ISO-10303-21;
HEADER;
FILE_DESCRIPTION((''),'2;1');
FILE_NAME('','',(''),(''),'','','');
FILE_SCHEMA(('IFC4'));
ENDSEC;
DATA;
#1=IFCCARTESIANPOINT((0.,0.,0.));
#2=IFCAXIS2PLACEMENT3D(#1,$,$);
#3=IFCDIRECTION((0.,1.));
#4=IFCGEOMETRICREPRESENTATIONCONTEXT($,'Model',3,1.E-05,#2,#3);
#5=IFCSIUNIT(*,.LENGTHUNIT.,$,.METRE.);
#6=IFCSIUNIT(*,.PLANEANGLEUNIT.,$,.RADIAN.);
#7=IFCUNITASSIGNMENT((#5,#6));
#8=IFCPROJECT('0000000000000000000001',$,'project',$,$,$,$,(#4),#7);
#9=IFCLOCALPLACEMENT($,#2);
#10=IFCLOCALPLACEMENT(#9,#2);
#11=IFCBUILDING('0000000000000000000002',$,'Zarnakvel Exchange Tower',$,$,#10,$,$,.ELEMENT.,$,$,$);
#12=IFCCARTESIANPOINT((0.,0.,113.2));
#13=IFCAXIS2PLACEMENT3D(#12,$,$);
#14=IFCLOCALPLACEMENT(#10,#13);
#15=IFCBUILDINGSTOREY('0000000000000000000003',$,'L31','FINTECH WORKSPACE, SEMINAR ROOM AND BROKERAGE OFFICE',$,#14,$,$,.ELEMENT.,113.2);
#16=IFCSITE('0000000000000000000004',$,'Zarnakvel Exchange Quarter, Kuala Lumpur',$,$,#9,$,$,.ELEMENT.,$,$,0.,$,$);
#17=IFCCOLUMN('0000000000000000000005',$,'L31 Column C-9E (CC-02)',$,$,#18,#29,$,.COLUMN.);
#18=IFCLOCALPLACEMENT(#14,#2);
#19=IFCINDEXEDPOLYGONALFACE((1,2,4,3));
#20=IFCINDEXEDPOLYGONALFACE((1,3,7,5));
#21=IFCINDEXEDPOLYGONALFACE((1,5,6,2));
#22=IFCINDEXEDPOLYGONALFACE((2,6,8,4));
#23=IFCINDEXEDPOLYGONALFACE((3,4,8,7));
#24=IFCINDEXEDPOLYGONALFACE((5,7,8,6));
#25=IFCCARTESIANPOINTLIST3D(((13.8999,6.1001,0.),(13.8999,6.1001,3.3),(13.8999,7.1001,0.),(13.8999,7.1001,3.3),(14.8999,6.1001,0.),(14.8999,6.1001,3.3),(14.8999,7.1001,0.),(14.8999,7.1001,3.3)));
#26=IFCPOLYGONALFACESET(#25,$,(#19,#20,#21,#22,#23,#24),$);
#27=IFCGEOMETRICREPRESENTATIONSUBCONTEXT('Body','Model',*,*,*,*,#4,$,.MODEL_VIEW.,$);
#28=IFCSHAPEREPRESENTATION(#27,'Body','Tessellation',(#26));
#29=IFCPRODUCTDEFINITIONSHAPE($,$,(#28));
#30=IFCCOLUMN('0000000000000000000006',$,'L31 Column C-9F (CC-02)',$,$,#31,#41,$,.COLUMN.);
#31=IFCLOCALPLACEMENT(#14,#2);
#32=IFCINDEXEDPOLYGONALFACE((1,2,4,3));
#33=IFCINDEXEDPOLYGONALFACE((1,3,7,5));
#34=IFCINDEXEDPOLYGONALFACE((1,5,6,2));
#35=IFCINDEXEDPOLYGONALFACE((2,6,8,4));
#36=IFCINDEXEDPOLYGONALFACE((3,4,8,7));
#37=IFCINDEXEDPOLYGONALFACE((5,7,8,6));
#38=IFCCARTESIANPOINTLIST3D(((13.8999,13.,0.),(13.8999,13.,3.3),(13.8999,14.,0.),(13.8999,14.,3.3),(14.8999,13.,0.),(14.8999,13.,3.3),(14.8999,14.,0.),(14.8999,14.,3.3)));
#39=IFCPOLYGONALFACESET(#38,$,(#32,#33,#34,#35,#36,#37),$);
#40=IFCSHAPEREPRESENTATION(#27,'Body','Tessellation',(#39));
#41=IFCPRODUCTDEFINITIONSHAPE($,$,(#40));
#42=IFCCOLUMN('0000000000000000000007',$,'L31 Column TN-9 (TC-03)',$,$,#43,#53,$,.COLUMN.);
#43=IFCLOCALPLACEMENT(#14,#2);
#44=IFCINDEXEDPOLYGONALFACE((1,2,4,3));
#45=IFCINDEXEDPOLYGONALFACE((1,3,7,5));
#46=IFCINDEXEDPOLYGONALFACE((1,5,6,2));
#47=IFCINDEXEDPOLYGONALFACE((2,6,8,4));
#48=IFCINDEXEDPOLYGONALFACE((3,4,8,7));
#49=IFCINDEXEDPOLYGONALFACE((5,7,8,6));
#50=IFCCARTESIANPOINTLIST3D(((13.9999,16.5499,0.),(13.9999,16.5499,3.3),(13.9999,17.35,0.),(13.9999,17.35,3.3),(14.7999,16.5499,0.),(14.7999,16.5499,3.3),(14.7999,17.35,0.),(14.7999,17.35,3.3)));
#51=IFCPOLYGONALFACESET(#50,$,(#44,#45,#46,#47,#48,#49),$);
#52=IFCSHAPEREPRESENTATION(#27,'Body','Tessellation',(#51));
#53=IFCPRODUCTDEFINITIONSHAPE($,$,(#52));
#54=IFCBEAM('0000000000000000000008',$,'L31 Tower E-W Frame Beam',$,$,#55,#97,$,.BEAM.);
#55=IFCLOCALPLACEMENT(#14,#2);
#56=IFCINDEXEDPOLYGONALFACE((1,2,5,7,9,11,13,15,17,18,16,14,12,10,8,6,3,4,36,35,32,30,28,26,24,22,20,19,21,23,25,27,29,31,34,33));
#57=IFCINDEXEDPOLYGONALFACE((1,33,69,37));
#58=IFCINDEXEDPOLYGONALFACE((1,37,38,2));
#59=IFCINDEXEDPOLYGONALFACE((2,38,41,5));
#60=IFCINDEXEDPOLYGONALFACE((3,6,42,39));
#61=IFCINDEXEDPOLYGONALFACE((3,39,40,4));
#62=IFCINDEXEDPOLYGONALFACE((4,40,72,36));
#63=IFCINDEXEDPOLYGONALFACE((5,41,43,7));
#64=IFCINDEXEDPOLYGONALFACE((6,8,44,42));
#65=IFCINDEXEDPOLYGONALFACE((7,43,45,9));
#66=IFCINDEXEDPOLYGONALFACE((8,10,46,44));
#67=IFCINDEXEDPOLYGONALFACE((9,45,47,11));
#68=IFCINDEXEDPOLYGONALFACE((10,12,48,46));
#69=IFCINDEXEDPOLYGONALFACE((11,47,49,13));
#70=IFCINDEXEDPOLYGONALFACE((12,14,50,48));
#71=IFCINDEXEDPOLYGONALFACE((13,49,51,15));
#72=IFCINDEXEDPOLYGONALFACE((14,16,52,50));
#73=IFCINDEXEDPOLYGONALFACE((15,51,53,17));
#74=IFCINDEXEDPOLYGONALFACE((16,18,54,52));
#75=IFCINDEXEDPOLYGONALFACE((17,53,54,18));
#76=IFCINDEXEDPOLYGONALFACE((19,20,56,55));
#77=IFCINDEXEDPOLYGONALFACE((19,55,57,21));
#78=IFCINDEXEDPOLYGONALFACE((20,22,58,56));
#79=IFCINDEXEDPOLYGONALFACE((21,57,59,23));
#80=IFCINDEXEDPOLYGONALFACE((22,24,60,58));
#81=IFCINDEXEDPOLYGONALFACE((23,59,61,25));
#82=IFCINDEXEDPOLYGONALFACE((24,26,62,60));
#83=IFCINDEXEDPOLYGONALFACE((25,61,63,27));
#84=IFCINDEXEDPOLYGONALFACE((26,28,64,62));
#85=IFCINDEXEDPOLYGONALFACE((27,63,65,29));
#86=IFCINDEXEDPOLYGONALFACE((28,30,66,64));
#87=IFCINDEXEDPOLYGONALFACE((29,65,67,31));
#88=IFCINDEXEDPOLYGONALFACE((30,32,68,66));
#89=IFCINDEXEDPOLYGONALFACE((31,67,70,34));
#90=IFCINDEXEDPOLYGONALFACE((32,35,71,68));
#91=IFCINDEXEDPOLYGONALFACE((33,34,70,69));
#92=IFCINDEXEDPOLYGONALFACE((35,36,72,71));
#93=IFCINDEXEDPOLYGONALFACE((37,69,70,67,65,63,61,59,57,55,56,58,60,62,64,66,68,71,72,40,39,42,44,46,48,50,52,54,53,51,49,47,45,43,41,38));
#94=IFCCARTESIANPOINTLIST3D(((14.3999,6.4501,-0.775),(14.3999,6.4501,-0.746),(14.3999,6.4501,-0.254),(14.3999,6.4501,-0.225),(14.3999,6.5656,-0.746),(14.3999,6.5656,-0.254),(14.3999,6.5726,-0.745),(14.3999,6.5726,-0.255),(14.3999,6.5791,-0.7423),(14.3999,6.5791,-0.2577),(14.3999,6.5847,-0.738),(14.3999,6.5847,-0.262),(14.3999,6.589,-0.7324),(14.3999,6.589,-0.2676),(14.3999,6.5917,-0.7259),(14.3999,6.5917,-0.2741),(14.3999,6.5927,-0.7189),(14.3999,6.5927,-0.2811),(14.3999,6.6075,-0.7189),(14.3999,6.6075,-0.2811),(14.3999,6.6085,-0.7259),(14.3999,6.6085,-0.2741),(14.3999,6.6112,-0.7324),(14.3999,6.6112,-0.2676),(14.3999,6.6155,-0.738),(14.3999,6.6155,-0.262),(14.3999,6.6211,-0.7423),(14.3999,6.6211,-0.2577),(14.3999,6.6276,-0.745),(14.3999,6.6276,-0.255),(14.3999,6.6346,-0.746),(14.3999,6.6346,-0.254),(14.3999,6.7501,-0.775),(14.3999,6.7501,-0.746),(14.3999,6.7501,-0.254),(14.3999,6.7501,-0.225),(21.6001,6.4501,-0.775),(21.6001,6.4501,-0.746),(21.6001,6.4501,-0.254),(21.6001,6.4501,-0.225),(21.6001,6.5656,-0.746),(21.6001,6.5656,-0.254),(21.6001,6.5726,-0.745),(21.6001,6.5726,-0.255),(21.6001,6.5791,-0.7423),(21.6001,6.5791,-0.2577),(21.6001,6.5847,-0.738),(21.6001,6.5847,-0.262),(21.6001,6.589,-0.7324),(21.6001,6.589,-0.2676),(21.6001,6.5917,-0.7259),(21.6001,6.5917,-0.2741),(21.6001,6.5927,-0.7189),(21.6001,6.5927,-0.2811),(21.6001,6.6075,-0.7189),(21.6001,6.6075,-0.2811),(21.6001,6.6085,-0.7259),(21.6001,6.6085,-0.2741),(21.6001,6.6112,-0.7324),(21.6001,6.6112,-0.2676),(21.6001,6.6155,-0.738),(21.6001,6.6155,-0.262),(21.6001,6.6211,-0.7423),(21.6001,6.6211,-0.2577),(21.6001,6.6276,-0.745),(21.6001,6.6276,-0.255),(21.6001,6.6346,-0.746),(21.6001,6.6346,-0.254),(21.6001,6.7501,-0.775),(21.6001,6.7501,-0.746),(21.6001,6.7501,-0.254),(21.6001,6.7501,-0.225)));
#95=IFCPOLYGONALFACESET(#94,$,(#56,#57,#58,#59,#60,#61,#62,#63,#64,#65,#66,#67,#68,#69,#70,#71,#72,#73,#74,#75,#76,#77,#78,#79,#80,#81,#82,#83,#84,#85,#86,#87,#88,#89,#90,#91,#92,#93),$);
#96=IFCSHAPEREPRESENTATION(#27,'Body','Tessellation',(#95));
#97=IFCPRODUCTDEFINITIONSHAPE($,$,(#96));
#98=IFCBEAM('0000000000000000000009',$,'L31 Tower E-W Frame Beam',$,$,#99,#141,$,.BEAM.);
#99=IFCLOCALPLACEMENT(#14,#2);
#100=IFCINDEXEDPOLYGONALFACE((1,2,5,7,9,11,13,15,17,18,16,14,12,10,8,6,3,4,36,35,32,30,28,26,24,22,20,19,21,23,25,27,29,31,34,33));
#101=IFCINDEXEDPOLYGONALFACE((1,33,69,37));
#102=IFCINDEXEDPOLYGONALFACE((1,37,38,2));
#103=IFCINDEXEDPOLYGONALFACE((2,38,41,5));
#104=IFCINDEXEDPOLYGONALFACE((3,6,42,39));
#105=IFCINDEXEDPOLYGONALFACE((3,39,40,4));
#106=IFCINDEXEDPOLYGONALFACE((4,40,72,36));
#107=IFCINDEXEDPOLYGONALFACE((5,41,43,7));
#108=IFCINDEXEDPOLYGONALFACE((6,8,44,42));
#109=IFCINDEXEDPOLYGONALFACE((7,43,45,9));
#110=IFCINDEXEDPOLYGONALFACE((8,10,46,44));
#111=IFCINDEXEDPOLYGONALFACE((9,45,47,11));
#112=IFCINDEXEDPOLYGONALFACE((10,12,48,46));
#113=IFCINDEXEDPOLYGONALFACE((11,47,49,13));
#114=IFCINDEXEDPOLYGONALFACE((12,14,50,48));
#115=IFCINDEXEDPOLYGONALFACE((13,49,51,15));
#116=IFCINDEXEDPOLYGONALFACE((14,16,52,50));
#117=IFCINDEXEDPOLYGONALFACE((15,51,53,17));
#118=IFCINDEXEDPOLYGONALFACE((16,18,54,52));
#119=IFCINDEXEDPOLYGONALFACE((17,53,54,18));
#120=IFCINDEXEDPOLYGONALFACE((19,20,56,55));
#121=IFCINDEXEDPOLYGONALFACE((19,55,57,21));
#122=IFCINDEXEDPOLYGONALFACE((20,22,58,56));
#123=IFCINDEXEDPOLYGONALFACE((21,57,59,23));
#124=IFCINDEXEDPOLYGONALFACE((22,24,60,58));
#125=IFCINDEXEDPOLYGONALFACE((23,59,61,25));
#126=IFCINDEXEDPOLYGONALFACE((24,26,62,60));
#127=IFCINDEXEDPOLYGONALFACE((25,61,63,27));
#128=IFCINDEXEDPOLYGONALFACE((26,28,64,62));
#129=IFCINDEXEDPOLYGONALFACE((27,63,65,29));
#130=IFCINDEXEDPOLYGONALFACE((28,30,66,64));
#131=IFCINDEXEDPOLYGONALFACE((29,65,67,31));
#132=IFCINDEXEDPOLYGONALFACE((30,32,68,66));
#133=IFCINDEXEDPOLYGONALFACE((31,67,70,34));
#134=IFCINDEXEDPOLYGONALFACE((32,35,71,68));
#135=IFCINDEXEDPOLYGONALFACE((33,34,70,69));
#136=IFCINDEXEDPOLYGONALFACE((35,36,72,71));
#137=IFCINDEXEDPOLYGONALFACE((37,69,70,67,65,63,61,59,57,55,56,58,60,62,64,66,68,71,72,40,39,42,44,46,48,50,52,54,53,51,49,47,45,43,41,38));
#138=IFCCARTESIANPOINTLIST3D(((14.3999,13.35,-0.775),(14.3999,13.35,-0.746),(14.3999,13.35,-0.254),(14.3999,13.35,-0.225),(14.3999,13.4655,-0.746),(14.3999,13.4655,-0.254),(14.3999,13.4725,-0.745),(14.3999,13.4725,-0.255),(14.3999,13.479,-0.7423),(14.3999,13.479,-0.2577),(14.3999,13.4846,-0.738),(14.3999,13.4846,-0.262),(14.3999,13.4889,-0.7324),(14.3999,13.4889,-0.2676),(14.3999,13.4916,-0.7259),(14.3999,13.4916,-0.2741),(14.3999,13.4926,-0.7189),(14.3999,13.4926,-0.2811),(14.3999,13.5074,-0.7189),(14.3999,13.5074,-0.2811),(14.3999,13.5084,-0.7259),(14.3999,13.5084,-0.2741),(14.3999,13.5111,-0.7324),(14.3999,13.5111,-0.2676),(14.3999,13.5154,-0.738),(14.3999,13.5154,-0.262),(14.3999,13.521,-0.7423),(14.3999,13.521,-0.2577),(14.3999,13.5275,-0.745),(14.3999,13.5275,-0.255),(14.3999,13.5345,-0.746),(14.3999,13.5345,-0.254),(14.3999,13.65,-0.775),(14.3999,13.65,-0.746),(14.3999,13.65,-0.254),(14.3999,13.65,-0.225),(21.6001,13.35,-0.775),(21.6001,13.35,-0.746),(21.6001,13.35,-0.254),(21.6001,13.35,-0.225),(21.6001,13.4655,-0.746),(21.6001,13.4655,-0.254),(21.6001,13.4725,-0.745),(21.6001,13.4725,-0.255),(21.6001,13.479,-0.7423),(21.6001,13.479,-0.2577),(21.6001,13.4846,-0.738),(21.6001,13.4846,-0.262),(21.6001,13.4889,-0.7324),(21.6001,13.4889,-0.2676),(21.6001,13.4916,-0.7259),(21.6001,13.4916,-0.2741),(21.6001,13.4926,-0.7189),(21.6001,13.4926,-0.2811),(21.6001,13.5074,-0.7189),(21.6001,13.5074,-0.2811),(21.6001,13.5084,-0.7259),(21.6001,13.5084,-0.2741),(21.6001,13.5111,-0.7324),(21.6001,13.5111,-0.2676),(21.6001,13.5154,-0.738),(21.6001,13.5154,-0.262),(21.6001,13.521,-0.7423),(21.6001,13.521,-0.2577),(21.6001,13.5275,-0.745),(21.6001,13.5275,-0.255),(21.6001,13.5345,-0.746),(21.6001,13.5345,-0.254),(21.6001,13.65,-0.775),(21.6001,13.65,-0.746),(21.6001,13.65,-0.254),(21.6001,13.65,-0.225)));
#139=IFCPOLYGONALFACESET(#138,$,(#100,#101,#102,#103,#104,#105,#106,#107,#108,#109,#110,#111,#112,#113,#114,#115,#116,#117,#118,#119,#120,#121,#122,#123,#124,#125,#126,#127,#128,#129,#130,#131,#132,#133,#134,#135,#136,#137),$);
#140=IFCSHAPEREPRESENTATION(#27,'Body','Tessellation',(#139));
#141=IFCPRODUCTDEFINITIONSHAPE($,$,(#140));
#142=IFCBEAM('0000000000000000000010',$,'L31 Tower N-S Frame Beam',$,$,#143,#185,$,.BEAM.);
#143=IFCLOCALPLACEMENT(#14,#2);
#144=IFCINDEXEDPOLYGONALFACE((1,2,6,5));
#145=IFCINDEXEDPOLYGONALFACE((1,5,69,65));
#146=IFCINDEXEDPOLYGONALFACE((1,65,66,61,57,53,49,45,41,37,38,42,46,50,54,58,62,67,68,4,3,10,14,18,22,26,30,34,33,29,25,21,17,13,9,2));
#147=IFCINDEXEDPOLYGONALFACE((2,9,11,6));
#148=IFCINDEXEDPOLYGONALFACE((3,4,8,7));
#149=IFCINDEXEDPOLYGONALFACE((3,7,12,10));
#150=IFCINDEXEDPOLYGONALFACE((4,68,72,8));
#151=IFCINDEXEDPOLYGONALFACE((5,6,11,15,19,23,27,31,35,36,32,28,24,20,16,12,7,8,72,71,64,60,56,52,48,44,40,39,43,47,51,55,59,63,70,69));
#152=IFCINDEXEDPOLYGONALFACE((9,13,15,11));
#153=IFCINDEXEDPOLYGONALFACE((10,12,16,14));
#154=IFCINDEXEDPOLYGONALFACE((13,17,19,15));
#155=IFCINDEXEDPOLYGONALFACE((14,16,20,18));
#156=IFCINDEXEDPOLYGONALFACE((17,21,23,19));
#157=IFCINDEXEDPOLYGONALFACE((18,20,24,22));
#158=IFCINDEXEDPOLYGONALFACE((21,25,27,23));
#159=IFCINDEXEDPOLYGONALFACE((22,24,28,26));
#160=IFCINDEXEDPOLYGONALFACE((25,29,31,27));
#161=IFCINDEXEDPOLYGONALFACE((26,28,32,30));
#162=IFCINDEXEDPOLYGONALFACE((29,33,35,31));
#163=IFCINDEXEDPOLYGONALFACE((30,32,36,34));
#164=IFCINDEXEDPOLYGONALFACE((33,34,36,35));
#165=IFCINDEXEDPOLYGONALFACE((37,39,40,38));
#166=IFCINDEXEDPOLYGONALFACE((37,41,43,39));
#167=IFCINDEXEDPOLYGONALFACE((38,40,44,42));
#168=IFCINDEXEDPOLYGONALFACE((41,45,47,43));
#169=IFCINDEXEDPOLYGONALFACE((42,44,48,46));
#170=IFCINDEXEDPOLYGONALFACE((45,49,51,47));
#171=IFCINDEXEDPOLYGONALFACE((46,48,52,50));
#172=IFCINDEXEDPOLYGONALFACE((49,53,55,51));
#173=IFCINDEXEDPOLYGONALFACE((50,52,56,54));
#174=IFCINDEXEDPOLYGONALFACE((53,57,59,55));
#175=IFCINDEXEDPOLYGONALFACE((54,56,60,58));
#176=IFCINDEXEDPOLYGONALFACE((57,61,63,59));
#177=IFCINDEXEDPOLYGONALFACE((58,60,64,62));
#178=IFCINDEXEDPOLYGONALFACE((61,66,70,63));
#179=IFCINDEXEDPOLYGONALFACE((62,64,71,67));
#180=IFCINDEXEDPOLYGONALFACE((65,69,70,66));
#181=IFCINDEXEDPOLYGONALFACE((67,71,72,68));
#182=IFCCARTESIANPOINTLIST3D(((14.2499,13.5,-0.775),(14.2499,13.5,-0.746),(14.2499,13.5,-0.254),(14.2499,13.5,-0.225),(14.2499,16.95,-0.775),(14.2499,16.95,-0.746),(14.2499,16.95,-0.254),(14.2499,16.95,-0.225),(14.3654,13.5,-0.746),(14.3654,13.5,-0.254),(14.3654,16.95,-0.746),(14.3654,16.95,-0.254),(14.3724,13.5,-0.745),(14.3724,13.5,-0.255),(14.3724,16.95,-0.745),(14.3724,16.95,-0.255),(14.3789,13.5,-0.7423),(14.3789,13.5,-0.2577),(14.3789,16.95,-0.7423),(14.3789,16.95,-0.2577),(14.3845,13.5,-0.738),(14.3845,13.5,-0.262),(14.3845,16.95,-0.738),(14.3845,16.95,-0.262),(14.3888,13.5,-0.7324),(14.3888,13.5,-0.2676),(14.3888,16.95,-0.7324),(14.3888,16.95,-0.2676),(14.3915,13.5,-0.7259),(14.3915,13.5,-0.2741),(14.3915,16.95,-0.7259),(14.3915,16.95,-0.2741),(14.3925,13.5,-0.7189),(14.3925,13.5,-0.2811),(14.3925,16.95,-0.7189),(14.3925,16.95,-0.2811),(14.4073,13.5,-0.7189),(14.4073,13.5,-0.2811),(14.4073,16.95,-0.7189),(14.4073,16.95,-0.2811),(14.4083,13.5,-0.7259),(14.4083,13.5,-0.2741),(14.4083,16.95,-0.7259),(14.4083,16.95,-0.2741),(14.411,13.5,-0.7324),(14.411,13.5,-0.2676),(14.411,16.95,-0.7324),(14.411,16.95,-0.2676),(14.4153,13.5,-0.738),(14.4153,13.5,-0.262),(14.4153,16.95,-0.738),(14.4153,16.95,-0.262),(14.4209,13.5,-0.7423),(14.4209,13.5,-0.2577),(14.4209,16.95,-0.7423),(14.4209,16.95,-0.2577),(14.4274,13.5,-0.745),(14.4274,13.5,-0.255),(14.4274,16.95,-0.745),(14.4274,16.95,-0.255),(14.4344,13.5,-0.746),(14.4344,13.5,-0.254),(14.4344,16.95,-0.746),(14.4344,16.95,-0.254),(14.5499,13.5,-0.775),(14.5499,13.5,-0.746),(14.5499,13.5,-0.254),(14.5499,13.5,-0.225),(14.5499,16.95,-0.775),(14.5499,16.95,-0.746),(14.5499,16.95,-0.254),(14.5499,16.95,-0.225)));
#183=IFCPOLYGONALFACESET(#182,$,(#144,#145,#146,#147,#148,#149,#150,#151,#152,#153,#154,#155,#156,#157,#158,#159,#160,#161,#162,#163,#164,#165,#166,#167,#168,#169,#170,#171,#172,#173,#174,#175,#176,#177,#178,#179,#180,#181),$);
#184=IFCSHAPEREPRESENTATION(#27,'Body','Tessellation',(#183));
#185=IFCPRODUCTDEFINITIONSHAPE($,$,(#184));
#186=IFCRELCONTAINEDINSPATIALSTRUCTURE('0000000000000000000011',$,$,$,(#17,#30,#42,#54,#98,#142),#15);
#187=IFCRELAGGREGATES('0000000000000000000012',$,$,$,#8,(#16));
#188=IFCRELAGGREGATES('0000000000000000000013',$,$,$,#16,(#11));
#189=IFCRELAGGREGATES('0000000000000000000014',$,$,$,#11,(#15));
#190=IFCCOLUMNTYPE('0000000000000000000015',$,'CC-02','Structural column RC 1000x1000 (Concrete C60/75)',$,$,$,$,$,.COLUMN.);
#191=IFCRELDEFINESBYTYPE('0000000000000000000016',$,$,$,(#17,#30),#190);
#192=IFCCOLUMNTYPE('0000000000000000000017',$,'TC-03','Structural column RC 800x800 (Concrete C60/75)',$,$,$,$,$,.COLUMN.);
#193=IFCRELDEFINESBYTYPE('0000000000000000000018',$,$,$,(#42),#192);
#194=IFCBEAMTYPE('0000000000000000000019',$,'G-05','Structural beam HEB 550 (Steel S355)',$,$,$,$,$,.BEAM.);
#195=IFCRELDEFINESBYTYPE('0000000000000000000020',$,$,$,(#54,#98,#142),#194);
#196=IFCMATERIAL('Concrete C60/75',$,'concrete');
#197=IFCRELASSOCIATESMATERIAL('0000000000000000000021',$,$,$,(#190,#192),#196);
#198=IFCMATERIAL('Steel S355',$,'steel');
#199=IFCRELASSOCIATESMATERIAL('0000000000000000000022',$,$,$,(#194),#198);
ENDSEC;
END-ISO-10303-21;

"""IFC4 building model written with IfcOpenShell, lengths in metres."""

from ifc_helpers import new_model, si_unit, direction, frame, origin, origin_2d, place, context, subcontext, project, spatial, rectangle, i_section, extrude, material, material_profile, profile_set, type_object, element, save


model = new_model("IFC4")

# Units and contexts
model_context = context("Model", 3, precision=1e-05, world=origin(), true_north=direction((0.0, 1.0)))
body_context = subcontext(model_context, "Body", "Model", "MODEL_VIEW")
ifc_project = project(units=[si_unit("LENGTHUNIT", "METRE"), si_unit("PLANEANGLEUNIT", "RADIAN")], contexts=[model_context])

# Site, building, storey
site_placement = place(None, origin())
site = spatial("IfcSite", under=ifc_project, at=site_placement, Name="Zarnakvel Exchange Quarter, Kuala Lumpur", CompositionType="ELEMENT", RefElevation=0.0)
building_placement = place(site_placement, origin())
building = spatial("IfcBuilding", under=site, at=building_placement, Name="Zarnakvel Exchange Tower", CompositionType="ELEMENT")
storey_placement = place(building_placement, frame((0.0, 0.0, 113.2)))
storey = spatial("IfcBuildingStorey", under=building, at=storey_placement, Name="L31", Description="FINTECH WORKSPACE, SEMINAR ROOM AND BROKERAGE OFFICE", CompositionType="ELEMENT", Elevation=113.2)

# Columns
ifc_material_1 = material(Name="Concrete C60/75", Category="concrete")
ifc_material_profile_1 = material_profile(ifc_material_1, rectangle(XDim=1.0, YDim=1.0, at=origin_2d()))
ifc_profile_set_1 = profile_set([ifc_material_profile_1], Name="Concrete C60/75")
column_type_1 = type_object("IfcColumnType", Name="CC-02", Description="Structural column RC 1000x1000 (Concrete C60/75)", PredefinedType="COLUMN", material=ifc_profile_set_1)
for number, where, z_axis, x_axis, name in (
    (1, (14.3999, 6.6001, 0.0), (0.0, 0.0, 1.0), (1.0, 0.0, 0.0), "L31 Column C-9E (CC-02)"),
    (2, (14.3999, 13.5, 0.0), (0.0, 0.0, 1.0), (1.0, 0.0, 0.0), "L31 Column C-9F (CC-02)"),
):
    element("IfcColumn", number, at=place(storey_placement, frame(where, z_axis=z_axis, x_axis=x_axis)), inside=storey, type_object=column_type_1, Name=name, PredefinedType="COLUMN", context=body_context, shape_type="SweptSolid", body=[
        extrude(rectangle(XDim=1.0, YDim=1.0, at=origin_2d()), origin(), (0.0, 0.0, 1.0), 3.3),
    ])
ifc_material_profile_2 = material_profile(ifc_material_1, rectangle(XDim=0.8, YDim=0.8, at=origin_2d()))
ifc_profile_set_2 = profile_set([ifc_material_profile_2], Name="Concrete C60/75")
column_type_2 = type_object("IfcColumnType", Name="TC-03", Description="Structural column RC 800x800 (Concrete C60/75)", PredefinedType="COLUMN", material=ifc_profile_set_2)
column_placement = place(storey_placement, frame((14.3999, 16.95, 0.0), z_axis=(0.0, 0.0, 1.0), x_axis=(1.0, 0.0, 0.0)))
element("IfcColumn", 3, at=column_placement, inside=storey, type_object=column_type_2, Name="L31 Column TN-9 (TC-03)", PredefinedType="COLUMN", context=body_context, shape_type="SweptSolid", body=[
    extrude(rectangle(XDim=0.8, YDim=0.8, at=origin_2d()), origin(), (0.0, 0.0, 1.0), 3.3),
])

# Beams
ifc_material_2 = material(Name="Steel S355", Category="steel")
ifc_material_profile_3 = material_profile(ifc_material_2, i_section(OverallWidth=0.3, OverallDepth=0.55, WebThickness=0.0149, FlangeThickness=0.0291, FilletRadius=0.0271, at=origin_2d()))
ifc_profile_set_3 = profile_set([ifc_material_profile_3], Name="Steel S355")
beam_type_1 = type_object("IfcBeamType", Name="G-05", Description="Structural beam HEB 550 (Steel S355)", PredefinedType="BEAM", material=ifc_profile_set_3)
for number, where, z_axis, x_axis, name in (
    (4, (14.3999, 6.6001, -0.5), (1.0, 0.0, 0.0), (0.0, 1.0, 0.0), "L31 Tower E-W Frame Beam"),
    (5, (14.3999, 13.5, -0.5), (1.0, 0.0, 0.0), (0.0, 1.0, 0.0), "L31 Tower E-W Frame Beam"),
):
    element("IfcBeam", number, at=place(storey_placement, frame(where, z_axis=z_axis, x_axis=x_axis)), inside=storey, type_object=beam_type_1, Name=name, PredefinedType="BEAM", context=body_context, shape_type="SweptSolid", body=[
        extrude(i_section(OverallWidth=0.3, OverallDepth=0.55, WebThickness=0.0149, FlangeThickness=0.0291, FilletRadius=0.0271, at=origin_2d()), origin(), (0.0, 0.0, 1.0), 7.2002),
    ])
beam_1_placement = place(storey_placement, frame((14.3999, 13.5, -0.5), z_axis=(0.0, 1.0, 0.0), x_axis=(-1.0, 0.0, 0.0)))
element("IfcBeam", 6, at=beam_1_placement, inside=storey, type_object=beam_type_1, Name="L31 Tower N-S Frame Beam", PredefinedType="BEAM", context=body_context, shape_type="SweptSolid", body=[
    extrude(i_section(OverallWidth=0.3, OverallDepth=0.55, WebThickness=0.0149, FlangeThickness=0.0291, FilletRadius=0.0271, at=origin_2d()), origin(), (0.0, 0.0, 1.0), 3.45),
])

save(model, "model.ifc")
